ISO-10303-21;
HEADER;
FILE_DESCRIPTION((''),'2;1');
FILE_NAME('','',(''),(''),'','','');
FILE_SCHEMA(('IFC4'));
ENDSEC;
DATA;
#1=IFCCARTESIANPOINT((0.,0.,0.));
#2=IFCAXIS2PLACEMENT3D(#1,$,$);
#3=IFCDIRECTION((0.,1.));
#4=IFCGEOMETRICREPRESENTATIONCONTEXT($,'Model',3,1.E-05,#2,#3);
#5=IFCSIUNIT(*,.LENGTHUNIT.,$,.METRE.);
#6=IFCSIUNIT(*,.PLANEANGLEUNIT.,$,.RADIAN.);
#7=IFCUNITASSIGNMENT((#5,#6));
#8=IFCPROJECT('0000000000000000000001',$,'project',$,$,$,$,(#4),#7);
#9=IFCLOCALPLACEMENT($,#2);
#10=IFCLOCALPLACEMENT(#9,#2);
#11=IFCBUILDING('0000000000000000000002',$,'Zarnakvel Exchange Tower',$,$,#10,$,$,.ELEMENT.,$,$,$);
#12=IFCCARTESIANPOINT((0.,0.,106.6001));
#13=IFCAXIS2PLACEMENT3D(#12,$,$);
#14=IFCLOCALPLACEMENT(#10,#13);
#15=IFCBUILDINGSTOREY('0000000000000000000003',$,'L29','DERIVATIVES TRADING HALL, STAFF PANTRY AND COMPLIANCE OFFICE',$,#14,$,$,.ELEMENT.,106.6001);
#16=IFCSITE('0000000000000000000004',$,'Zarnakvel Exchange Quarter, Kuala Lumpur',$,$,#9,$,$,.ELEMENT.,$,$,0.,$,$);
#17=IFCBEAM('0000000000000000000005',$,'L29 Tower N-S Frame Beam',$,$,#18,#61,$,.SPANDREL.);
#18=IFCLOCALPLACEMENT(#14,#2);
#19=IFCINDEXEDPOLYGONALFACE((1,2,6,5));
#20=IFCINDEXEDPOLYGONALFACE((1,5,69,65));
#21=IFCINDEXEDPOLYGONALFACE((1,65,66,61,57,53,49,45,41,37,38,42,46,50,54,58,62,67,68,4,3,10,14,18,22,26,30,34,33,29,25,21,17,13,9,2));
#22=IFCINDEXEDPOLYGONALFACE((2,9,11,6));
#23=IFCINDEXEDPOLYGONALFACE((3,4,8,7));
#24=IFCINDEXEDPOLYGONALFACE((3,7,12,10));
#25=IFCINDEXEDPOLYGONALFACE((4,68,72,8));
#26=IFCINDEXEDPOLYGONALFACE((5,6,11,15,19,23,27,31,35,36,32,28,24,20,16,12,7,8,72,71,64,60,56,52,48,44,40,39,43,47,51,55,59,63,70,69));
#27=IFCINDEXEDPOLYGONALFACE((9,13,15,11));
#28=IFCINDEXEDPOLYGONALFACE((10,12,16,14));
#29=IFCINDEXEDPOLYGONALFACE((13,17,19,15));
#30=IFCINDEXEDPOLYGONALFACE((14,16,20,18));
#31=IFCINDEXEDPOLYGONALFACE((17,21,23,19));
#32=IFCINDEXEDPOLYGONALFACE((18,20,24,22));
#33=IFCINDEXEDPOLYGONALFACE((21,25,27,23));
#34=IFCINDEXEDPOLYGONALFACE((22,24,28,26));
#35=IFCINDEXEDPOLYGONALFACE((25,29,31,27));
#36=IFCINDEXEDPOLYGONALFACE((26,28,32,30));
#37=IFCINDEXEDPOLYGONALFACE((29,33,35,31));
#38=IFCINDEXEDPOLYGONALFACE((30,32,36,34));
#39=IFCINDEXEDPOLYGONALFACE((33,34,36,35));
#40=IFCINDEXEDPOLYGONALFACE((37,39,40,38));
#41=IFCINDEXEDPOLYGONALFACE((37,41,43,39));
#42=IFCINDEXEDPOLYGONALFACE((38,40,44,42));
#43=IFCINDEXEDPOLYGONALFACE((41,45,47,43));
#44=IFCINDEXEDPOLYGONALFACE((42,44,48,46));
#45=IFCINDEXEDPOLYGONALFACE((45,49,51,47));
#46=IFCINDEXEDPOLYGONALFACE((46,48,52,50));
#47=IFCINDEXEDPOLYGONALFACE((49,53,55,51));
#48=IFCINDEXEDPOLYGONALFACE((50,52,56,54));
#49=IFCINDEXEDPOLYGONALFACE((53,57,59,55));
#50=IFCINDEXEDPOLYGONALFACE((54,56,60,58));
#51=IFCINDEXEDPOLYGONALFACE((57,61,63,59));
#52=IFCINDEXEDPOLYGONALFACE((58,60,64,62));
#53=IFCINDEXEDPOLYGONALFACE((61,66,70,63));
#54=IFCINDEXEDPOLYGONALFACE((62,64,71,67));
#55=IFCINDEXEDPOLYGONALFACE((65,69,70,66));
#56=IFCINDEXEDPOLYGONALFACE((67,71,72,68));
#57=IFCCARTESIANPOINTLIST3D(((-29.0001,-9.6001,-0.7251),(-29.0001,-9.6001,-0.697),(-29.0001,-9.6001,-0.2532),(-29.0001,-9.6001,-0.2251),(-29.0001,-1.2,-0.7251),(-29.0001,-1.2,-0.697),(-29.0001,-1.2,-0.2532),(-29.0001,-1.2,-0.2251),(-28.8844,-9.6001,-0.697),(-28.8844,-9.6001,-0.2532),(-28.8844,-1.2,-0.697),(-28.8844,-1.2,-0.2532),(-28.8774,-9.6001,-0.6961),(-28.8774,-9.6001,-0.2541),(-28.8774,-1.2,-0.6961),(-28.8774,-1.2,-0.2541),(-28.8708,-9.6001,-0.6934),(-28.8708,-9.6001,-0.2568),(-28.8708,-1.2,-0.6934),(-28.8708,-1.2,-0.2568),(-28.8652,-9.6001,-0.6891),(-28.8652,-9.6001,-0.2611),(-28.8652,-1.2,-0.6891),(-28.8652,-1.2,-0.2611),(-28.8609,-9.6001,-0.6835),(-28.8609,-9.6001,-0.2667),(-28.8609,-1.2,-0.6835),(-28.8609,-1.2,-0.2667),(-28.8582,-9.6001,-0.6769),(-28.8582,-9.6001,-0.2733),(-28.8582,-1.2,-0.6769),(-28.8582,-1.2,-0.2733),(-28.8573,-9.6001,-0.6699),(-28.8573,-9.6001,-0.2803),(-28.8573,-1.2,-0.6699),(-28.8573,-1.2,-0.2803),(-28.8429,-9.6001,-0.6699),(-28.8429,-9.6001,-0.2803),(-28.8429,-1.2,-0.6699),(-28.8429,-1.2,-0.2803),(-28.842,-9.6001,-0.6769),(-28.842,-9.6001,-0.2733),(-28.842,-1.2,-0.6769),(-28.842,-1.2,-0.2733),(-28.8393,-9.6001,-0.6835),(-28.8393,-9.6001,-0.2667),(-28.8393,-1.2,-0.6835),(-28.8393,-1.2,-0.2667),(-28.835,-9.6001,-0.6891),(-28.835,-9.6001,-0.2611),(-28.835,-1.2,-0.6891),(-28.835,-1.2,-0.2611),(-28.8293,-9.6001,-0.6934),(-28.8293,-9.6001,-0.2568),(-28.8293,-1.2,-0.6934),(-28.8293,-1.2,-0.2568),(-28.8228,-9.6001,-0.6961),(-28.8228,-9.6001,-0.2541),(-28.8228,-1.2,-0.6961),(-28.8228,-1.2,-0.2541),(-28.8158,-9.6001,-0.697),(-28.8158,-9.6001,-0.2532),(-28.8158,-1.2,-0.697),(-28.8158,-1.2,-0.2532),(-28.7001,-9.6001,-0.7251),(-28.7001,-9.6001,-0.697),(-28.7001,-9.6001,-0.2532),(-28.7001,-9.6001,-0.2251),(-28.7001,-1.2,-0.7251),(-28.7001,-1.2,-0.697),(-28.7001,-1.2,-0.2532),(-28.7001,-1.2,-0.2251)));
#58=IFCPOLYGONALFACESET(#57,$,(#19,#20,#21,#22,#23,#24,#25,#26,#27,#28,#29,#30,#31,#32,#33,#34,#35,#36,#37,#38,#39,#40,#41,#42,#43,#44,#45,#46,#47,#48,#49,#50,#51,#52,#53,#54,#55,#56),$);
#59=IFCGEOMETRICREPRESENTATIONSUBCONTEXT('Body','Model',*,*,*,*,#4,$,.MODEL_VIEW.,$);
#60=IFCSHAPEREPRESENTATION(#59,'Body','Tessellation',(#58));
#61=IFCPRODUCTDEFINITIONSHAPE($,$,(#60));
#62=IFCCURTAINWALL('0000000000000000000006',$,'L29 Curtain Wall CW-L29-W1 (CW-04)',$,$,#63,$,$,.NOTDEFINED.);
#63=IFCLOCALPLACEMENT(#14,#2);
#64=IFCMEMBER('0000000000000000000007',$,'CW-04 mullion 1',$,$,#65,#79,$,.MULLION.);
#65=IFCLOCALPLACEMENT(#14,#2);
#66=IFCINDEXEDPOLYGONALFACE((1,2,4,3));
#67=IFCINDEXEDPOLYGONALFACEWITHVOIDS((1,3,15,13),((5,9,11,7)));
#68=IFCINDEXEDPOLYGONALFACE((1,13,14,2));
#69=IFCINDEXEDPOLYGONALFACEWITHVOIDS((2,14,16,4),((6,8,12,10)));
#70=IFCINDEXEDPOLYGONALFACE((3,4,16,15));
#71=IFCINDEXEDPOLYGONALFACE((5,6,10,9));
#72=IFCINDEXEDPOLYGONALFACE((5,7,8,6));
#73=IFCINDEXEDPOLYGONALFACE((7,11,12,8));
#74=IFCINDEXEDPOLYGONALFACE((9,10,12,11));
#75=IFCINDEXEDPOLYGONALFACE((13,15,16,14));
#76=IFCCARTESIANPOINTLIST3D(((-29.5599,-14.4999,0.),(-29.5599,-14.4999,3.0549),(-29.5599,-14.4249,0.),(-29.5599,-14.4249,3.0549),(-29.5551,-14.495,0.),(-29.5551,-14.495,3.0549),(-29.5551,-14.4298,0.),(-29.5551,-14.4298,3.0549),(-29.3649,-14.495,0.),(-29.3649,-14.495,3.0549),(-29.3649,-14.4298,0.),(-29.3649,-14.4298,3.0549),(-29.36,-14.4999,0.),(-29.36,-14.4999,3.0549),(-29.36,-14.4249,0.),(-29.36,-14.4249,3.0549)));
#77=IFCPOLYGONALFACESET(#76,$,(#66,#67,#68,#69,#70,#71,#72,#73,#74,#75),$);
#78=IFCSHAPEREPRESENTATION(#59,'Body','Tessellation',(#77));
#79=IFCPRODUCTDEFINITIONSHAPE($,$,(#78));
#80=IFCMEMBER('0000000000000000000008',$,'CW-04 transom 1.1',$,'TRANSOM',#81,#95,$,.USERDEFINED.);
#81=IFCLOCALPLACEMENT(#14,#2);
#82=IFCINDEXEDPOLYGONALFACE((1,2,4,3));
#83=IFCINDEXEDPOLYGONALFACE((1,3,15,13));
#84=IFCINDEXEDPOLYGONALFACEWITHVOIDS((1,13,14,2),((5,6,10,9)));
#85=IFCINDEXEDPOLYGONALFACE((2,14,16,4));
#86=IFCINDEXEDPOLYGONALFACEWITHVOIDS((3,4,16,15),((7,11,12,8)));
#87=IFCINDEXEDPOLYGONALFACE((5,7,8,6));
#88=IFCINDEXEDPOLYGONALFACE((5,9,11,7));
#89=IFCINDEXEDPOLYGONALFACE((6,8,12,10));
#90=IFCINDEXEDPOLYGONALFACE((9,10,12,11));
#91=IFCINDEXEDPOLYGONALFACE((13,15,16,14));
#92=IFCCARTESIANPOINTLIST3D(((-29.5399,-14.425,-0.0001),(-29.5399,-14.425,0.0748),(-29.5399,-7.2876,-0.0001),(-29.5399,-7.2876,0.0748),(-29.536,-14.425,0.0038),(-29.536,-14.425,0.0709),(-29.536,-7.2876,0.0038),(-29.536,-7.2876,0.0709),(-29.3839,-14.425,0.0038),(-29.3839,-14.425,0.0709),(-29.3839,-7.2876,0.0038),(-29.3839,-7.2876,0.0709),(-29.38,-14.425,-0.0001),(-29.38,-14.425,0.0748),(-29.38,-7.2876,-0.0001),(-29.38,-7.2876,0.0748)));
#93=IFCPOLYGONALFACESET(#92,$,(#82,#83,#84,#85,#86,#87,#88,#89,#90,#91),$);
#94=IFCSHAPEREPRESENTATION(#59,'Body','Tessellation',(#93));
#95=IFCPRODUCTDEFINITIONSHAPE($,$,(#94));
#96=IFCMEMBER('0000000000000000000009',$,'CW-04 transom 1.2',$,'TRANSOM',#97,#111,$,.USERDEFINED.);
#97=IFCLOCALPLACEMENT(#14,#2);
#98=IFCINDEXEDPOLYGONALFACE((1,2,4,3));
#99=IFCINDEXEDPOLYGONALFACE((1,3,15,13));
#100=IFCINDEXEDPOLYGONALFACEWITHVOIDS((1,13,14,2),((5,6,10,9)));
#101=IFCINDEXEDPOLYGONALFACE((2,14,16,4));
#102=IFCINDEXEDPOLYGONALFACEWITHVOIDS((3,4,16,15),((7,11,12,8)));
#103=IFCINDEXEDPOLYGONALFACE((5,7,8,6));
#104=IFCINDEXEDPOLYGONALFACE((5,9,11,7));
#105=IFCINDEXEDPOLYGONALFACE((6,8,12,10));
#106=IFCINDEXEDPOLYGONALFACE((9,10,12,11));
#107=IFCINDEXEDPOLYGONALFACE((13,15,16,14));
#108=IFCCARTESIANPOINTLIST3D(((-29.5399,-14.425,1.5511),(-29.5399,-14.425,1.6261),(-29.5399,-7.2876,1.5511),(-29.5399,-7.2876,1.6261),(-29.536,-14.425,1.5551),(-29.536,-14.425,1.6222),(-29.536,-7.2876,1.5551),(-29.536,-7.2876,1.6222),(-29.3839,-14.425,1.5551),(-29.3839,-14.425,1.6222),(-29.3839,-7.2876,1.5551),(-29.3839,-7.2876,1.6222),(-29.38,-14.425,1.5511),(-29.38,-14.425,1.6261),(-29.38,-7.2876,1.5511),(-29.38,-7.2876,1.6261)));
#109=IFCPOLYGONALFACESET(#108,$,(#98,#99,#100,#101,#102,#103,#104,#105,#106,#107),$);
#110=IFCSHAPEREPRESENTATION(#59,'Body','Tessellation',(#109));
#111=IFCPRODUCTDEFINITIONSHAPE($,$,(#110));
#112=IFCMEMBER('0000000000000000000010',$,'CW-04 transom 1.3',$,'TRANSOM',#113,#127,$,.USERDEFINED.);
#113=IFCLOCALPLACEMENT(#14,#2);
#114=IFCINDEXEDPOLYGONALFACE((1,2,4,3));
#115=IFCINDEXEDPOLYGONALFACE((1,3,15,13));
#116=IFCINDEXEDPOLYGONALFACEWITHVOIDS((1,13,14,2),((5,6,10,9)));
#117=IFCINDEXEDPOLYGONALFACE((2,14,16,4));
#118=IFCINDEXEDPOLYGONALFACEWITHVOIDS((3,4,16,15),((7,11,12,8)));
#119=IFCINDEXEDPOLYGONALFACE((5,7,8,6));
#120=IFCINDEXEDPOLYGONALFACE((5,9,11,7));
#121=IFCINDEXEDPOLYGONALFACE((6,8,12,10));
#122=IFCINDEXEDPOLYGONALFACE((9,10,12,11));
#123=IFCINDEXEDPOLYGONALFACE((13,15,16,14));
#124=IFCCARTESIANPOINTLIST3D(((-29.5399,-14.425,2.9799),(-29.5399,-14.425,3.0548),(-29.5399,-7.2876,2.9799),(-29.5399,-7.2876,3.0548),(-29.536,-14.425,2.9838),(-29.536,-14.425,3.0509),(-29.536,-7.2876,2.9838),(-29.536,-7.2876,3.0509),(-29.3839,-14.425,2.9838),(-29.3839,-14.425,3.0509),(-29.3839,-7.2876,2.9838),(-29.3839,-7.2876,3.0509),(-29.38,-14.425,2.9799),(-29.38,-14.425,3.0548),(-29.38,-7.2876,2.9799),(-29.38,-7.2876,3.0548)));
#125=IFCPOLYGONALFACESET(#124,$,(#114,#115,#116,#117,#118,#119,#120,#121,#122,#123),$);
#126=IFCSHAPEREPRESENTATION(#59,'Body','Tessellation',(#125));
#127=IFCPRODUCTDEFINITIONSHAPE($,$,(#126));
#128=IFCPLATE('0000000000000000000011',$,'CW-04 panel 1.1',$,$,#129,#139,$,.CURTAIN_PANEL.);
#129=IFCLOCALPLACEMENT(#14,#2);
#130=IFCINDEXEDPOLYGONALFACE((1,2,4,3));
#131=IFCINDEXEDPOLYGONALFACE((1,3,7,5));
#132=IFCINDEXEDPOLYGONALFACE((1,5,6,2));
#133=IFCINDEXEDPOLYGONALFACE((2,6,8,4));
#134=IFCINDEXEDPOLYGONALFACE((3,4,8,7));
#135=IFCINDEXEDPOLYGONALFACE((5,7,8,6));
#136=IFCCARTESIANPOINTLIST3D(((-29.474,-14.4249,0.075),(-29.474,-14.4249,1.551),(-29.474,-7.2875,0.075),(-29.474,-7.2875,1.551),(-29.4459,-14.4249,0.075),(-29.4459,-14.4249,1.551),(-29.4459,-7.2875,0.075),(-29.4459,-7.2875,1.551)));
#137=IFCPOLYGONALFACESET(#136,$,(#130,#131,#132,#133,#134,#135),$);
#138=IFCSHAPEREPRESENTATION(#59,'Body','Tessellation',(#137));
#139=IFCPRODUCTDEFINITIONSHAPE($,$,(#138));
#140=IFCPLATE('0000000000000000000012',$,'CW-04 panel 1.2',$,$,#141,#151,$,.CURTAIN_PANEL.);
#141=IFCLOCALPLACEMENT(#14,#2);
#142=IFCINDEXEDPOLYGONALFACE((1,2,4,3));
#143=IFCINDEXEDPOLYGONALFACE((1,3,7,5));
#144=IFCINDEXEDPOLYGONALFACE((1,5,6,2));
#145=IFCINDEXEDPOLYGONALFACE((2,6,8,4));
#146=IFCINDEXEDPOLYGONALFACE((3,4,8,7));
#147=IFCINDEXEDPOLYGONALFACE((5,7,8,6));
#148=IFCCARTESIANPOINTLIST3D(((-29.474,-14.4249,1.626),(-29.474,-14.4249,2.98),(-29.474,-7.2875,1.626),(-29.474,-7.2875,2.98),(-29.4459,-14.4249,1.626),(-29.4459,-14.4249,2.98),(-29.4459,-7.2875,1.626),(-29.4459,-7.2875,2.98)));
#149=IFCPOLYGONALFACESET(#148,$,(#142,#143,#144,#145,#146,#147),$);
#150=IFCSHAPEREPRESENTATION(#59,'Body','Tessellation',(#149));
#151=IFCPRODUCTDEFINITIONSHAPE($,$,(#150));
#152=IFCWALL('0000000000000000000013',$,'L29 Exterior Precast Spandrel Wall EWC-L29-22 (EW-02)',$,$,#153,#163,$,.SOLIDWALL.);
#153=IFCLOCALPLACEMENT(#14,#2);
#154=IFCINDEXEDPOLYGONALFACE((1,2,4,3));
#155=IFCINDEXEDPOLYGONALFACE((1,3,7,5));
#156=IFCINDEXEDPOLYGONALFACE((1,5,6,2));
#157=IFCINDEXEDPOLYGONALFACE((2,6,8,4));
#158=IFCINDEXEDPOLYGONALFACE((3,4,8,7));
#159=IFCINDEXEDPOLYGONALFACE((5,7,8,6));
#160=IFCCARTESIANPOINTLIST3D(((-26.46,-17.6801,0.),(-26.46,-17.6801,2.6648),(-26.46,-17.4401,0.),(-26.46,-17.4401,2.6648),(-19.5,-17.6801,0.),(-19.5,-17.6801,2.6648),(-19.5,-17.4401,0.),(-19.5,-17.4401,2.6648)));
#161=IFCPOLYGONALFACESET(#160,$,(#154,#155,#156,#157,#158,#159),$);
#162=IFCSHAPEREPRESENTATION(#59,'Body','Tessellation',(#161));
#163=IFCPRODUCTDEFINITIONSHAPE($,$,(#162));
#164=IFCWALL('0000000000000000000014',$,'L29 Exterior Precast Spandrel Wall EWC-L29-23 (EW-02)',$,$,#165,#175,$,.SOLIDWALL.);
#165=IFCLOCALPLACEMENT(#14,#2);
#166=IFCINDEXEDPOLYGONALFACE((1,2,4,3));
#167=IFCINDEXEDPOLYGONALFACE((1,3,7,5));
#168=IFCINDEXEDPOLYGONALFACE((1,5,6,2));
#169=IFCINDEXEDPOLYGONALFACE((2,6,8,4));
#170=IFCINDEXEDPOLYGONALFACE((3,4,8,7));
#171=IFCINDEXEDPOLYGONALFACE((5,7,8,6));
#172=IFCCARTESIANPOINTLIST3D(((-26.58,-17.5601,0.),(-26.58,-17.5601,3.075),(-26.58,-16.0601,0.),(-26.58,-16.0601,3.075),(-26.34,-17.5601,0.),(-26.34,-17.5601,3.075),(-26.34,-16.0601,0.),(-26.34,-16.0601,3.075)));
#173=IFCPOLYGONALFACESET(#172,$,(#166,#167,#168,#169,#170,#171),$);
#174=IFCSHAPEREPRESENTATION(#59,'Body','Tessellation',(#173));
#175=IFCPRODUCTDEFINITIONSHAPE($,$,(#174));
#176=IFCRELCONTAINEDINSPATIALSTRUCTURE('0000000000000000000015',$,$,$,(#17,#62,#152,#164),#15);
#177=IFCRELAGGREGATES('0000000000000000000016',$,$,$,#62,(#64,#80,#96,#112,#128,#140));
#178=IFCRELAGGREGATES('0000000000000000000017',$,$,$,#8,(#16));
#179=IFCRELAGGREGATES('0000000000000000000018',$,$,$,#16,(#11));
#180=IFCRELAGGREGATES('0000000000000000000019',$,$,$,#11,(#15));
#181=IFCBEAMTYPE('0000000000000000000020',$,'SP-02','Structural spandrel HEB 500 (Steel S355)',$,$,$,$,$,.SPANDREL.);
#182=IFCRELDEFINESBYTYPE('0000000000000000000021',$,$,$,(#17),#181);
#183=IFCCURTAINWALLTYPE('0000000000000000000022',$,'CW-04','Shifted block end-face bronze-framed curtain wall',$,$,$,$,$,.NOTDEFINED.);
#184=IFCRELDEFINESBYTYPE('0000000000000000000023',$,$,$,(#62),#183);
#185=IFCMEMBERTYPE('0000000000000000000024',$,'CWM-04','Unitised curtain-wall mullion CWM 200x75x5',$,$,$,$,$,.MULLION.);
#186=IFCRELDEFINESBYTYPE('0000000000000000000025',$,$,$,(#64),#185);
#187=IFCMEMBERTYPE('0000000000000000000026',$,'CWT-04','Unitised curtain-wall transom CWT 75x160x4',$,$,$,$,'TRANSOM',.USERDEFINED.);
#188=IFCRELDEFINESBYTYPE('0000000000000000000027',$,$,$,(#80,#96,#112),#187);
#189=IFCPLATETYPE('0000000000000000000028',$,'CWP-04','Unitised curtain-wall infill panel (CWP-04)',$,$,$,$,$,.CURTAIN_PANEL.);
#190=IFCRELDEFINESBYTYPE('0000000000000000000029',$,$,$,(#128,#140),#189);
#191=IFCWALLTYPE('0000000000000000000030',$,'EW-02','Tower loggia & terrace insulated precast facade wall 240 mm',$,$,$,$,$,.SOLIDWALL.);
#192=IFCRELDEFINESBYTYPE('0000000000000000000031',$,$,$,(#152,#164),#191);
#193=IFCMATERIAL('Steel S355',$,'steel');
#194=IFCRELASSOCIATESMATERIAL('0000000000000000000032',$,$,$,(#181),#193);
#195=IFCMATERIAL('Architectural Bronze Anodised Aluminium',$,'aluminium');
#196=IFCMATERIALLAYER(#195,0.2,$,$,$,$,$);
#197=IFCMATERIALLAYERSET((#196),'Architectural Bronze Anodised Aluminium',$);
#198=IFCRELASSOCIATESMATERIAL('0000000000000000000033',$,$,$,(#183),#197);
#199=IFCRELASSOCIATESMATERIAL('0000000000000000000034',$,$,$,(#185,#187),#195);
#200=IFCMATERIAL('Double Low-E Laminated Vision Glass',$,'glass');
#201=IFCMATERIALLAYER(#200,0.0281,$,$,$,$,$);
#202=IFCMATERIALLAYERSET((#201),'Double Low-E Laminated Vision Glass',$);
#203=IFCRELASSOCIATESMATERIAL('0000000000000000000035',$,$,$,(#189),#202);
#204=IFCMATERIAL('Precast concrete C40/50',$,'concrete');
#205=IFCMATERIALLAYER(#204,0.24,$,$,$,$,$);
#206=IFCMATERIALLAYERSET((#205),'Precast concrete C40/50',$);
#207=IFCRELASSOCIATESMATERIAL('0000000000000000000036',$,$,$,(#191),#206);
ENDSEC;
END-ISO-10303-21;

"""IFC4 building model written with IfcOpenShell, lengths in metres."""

from ifc_helpers import new_model, si_unit, direction, frame, frame_2d, origin, origin_2d, place, context, subcontext, project, spatial, rectangle, hollow_rectangle, i_section, extrude, source, transform, mapped, material, layer, layer_set, material_profile, profile_set, type_object, element, aggregate, save


model = new_model("IFC4")

# Units and contexts
model_context = context("Model", 3, precision=1e-05, world=origin(), true_north=direction((0.0, 1.0)))
body_context = subcontext(model_context, "Body", "Model", "MODEL_VIEW")
ifc_project = project(units=[si_unit("LENGTHUNIT", "METRE"), si_unit("PLANEANGLEUNIT", "RADIAN")], contexts=[model_context])

# Site, building, storey
site_placement = place(None, origin())
site = spatial("IfcSite", under=ifc_project, at=site_placement, Name="Zarnakvel Exchange Quarter, Kuala Lumpur", CompositionType="ELEMENT", RefElevation=0.0)
building_placement = place(site_placement, origin())
building = spatial("IfcBuilding", under=site, at=building_placement, Name="Zarnakvel Exchange Tower", CompositionType="ELEMENT")
storey_placement = place(building_placement, frame((0.0, 0.0, 106.6001)))
storey = spatial("IfcBuildingStorey", under=building, at=storey_placement, Name="L29", Description="DERIVATIVES TRADING HALL, STAFF PANTRY AND COMPLIANCE OFFICE", CompositionType="ELEMENT", Elevation=106.6001)

# Shared definitions
ifc_material_1 = material(Name="Steel S355", Category="steel")

# Beam
ifc_material_profile_1 = material_profile(ifc_material_1, i_section(OverallWidth=0.3, OverallDepth=0.5, WebThickness=0.0144, FlangeThickness=0.0281, FilletRadius=0.0271, at=origin_2d()))
ifc_profile_set_1 = profile_set([ifc_material_profile_1], Name="Steel S355")
beam_type_1 = type_object("IfcBeamType", Name="SP-02", Description="Structural spandrel HEB 500 (Steel S355)", PredefinedType="SPANDREL", material=ifc_profile_set_1)
beam_1_placement = place(storey_placement, frame((-28.8501, -9.6001, -0.4751), z_axis=(0.0, 1.0, 0.0), x_axis=(-1.0, 0.0, 0.0)))
element("IfcBeam", 1, at=beam_1_placement, inside=storey, type_object=beam_type_1, Name="L29 Tower N-S Frame Beam", PredefinedType="SPANDREL", context=body_context, shape_type="SweptSolid", body=[
    extrude(i_section(OverallWidth=0.3, OverallDepth=0.5, WebThickness=0.0144, FlangeThickness=0.0281, FilletRadius=0.0271, at=origin_2d()), origin(), (0.0, 0.0, 1.0), 8.4001),
])

# Curtain wall, members, plates
ifc_material_2 = material(Name="Architectural Bronze Anodised Aluminium", Category="aluminium")
ifc_layer_1 = layer(ifc_material_2, 0.2)
ifc_layer_set_1 = layer_set([ifc_layer_1], Name="Architectural Bronze Anodised Aluminium")
curtain_wall_type = type_object("IfcCurtainWallType", Name="CW-04", Description="Shifted block end-face bronze-framed curtain wall", PredefinedType="NOTDEFINED", material=ifc_layer_set_1)
curtain_wall_placement = place(storey_placement, origin())
curtain_wall = element("IfcCurtainWall", 2, at=curtain_wall_placement, inside=storey, type_object=curtain_wall_type, Name="L29 Curtain Wall CW-L29-W1 (CW-04)", PredefinedType="NOTDEFINED")
ifc_material_profile_2 = material_profile(ifc_material_2, hollow_rectangle(XDim=0.2, YDim=0.075, WallThickness=0.0049, at=origin_2d()))
ifc_profile_set_2 = profile_set([ifc_material_profile_2], Name="Architectural Bronze Anodised Aluminium")
member_type_1 = type_object("IfcMemberType", Name="CWM-04", Description="Unitised curtain-wall mullion CWM 200x75x5", PredefinedType="MULLION", material=ifc_profile_set_2)
shared_shape_1 = source(origin(), body_context, "Body", "SweptSolid", [
    extrude(hollow_rectangle(XDim=0.2, YDim=0.075, WallThickness=0.0049, at=origin_2d()), origin(), (0.0, 0.0, 1.0), 3.0549),
])
member_1_placement = place(storey_placement, frame((-29.46, -14.4624, 0.0), z_axis=(0.0, 0.0, 1.0), x_axis=(-1.0, 0.0, 0.0)))
member_1 = element("IfcMember", 3, at=member_1_placement, type_object=member_type_1, Name="CW-04 mullion 1", PredefinedType="MULLION", context=body_context, shape_type="MappedRepresentation", body=[
    mapped(shared_shape_1, transform((0.0, 0.0, 0.0), x_axis=(1.0, 0.0, 0.0), y_axis=(0.0, 1.0, 0.0), z_axis=(0.0, 0.0, 1.0), scale=1.0)),
])
ifc_material_profile_3 = material_profile(ifc_material_2, hollow_rectangle(XDim=0.1599, YDim=0.075, WallThickness=0.0039, at=origin_2d()))
ifc_profile_set_3 = profile_set([ifc_material_profile_3], Name="Architectural Bronze Anodised Aluminium")
member_type_2 = type_object("IfcMemberType", Name="CWT-04", Description="Unitised curtain-wall transom CWT 75x160x4", ElementType="TRANSOM", PredefinedType="USERDEFINED", material=ifc_profile_set_3)
shared_shape_2 = source(origin(), body_context, "Body", "SweptSolid", [
    extrude(hollow_rectangle(XDim=0.1599, YDim=0.075, WallThickness=0.0039, at=origin_2d()), origin(), (0.0, 0.0, 1.0), 7.1375),
])
member_2_placement = place(storey_placement, frame((-29.46, -14.425, 0.0374), z_axis=(0.0, 1.0, 0.0), x_axis=(-1.0, 0.0, 0.0)))
member_2 = element("IfcMember", 4, at=member_2_placement, type_object=member_type_2, Name="CW-04 transom 1.1", ObjectType="TRANSOM", PredefinedType="USERDEFINED", context=body_context, shape_type="MappedRepresentation", body=[
    mapped(shared_shape_2, transform((0.0, 0.0, 0.0), x_axis=(1.0, 0.0, 0.0), y_axis=(0.0, 1.0, 0.0), z_axis=(0.0, 0.0, 1.0), scale=1.0)),
])
member_3_placement = place(storey_placement, frame((-29.46, -14.425, 1.5886), z_axis=(0.0, 1.0, 0.0), x_axis=(-1.0, 0.0, 0.0)))
member_3 = element("IfcMember", 5, at=member_3_placement, type_object=member_type_2, Name="CW-04 transom 1.2", ObjectType="TRANSOM", PredefinedType="USERDEFINED", context=body_context, shape_type="MappedRepresentation", body=[
    mapped(shared_shape_2, transform((0.0, 0.0, 0.0), x_axis=(1.0, 0.0, 0.0), y_axis=(0.0, 1.0, 0.0), z_axis=(0.0, 0.0, 1.0), scale=1.0)),
])
member_4_placement = place(storey_placement, frame((-29.46, -14.425, 3.0173), z_axis=(0.0, 1.0, 0.0), x_axis=(-1.0, 0.0, 0.0)))
member_4 = element("IfcMember", 6, at=member_4_placement, type_object=member_type_2, Name="CW-04 transom 1.3", ObjectType="TRANSOM", PredefinedType="USERDEFINED", context=body_context, shape_type="MappedRepresentation", body=[
    mapped(shared_shape_2, transform((0.0, 0.0, 0.0), x_axis=(1.0, 0.0, 0.0), y_axis=(0.0, 1.0, 0.0), z_axis=(0.0, 0.0, 1.0), scale=1.0)),
])
ifc_material_3 = material(Name="Double Low-E Laminated Vision Glass", Category="glass")
ifc_layer_2 = layer(ifc_material_3, 0.0281)
ifc_layer_set_2 = layer_set([ifc_layer_2], Name="Double Low-E Laminated Vision Glass")
plate_type = type_object("IfcPlateType", Name="CWP-04", Description="Unitised curtain-wall infill panel (CWP-04)", PredefinedType="CURTAIN_PANEL", material=ifc_layer_set_2)
shared_shape_3 = source(origin(), body_context, "Body", "SweptSolid", [
    extrude(rectangle(XDim=7.1375, YDim=0.0281, at=origin_2d()), origin(), (0.0, 0.0, 1.0), 1.4761),
])
plate_1_placement = place(storey_placement, frame((-29.46, -10.8562, 0.075), z_axis=(0.0, 0.0, 1.0), x_axis=(0.0, 1.0, 0.0)))
plate_1 = element("IfcPlate", 7, at=plate_1_placement, type_object=plate_type, Name="CW-04 panel 1.1", PredefinedType="CURTAIN_PANEL", context=body_context, shape_type="MappedRepresentation", body=[
    mapped(shared_shape_3, transform((0.0, 0.0, 0.0), x_axis=(1.0, 0.0, 0.0), y_axis=(0.0, 1.0, 0.0), z_axis=(0.0, 0.0, 1.0), scale=1.0)),
])
shared_shape_4 = source(origin(), body_context, "Body", "SweptSolid", [
    extrude(rectangle(XDim=7.1375, YDim=0.0281, at=origin_2d()), origin(), (0.0, 0.0, 1.0), 1.354),
])
plate_2_placement = place(storey_placement, frame((-29.46, -10.8562, 1.626), z_axis=(0.0, 0.0, 1.0), x_axis=(0.0, 1.0, 0.0)))
plate_2 = element("IfcPlate", 8, at=plate_2_placement, type_object=plate_type, Name="CW-04 panel 1.2", PredefinedType="CURTAIN_PANEL", context=body_context, shape_type="MappedRepresentation", body=[
    mapped(shared_shape_4, transform((0.0, 0.0, 0.0), x_axis=(1.0, 0.0, 0.0), y_axis=(0.0, 1.0, 0.0), z_axis=(0.0, 0.0, 1.0), scale=1.0)),
])
aggregate(curtain_wall, [member_1, member_2, member_3, member_4, plate_1, plate_2])

# Walls
ifc_material_4 = material(Name="Precast concrete C40/50", Category="concrete")
ifc_layer_3 = layer(ifc_material_4, 0.24)
ifc_layer_set_3 = layer_set([ifc_layer_3], Name="Precast concrete C40/50")
wall_type_1 = type_object("IfcWallType", Name="EW-02", Description="Tower loggia & terrace insulated precast facade wall 240 mm", PredefinedType="SOLIDWALL", material=ifc_layer_set_3)
wall_1_placement = place(storey_placement, frame((-26.46, -17.5601, 0.0), z_axis=(0.0, 0.0, 1.0), x_axis=(1.0, 0.0, 0.0)))
element("IfcWall", 9, at=wall_1_placement, inside=storey, type_object=wall_type_1, Name="L29 Exterior Precast Spandrel Wall EWC-L29-22 (EW-02)", PredefinedType="SOLIDWALL", context=body_context, shape_type="SweptSolid", body=[
    extrude(rectangle(XDim=6.96, YDim=0.24, at=frame_2d((3.48, 0.0))), origin(), (0.0, 0.0, 1.0), 2.6648),
])
for number, where, z_axis, x_axis, name in (
    (10, (-26.46, -16.0601, 0.0), (0.0, 0.0, 1.0), (0.0, -1.0, 0.0), "L29 Exterior Precast Spandrel Wall EWC-L29-23 (EW-02)"),
):
    element("IfcWall", number, at=place(storey_placement, frame(where, z_axis=z_axis, x_axis=x_axis)), inside=storey, type_object=wall_type_1, Name=name, PredefinedType="SOLIDWALL", context=body_context, shape_type="SweptSolid", body=[
        extrude(rectangle(XDim=1.5, YDim=0.24, at=frame_2d((0.75, 0.0))), origin(), (0.0, 0.0, 1.0), 3.075),
    ])

save(model, "model.ifc")
